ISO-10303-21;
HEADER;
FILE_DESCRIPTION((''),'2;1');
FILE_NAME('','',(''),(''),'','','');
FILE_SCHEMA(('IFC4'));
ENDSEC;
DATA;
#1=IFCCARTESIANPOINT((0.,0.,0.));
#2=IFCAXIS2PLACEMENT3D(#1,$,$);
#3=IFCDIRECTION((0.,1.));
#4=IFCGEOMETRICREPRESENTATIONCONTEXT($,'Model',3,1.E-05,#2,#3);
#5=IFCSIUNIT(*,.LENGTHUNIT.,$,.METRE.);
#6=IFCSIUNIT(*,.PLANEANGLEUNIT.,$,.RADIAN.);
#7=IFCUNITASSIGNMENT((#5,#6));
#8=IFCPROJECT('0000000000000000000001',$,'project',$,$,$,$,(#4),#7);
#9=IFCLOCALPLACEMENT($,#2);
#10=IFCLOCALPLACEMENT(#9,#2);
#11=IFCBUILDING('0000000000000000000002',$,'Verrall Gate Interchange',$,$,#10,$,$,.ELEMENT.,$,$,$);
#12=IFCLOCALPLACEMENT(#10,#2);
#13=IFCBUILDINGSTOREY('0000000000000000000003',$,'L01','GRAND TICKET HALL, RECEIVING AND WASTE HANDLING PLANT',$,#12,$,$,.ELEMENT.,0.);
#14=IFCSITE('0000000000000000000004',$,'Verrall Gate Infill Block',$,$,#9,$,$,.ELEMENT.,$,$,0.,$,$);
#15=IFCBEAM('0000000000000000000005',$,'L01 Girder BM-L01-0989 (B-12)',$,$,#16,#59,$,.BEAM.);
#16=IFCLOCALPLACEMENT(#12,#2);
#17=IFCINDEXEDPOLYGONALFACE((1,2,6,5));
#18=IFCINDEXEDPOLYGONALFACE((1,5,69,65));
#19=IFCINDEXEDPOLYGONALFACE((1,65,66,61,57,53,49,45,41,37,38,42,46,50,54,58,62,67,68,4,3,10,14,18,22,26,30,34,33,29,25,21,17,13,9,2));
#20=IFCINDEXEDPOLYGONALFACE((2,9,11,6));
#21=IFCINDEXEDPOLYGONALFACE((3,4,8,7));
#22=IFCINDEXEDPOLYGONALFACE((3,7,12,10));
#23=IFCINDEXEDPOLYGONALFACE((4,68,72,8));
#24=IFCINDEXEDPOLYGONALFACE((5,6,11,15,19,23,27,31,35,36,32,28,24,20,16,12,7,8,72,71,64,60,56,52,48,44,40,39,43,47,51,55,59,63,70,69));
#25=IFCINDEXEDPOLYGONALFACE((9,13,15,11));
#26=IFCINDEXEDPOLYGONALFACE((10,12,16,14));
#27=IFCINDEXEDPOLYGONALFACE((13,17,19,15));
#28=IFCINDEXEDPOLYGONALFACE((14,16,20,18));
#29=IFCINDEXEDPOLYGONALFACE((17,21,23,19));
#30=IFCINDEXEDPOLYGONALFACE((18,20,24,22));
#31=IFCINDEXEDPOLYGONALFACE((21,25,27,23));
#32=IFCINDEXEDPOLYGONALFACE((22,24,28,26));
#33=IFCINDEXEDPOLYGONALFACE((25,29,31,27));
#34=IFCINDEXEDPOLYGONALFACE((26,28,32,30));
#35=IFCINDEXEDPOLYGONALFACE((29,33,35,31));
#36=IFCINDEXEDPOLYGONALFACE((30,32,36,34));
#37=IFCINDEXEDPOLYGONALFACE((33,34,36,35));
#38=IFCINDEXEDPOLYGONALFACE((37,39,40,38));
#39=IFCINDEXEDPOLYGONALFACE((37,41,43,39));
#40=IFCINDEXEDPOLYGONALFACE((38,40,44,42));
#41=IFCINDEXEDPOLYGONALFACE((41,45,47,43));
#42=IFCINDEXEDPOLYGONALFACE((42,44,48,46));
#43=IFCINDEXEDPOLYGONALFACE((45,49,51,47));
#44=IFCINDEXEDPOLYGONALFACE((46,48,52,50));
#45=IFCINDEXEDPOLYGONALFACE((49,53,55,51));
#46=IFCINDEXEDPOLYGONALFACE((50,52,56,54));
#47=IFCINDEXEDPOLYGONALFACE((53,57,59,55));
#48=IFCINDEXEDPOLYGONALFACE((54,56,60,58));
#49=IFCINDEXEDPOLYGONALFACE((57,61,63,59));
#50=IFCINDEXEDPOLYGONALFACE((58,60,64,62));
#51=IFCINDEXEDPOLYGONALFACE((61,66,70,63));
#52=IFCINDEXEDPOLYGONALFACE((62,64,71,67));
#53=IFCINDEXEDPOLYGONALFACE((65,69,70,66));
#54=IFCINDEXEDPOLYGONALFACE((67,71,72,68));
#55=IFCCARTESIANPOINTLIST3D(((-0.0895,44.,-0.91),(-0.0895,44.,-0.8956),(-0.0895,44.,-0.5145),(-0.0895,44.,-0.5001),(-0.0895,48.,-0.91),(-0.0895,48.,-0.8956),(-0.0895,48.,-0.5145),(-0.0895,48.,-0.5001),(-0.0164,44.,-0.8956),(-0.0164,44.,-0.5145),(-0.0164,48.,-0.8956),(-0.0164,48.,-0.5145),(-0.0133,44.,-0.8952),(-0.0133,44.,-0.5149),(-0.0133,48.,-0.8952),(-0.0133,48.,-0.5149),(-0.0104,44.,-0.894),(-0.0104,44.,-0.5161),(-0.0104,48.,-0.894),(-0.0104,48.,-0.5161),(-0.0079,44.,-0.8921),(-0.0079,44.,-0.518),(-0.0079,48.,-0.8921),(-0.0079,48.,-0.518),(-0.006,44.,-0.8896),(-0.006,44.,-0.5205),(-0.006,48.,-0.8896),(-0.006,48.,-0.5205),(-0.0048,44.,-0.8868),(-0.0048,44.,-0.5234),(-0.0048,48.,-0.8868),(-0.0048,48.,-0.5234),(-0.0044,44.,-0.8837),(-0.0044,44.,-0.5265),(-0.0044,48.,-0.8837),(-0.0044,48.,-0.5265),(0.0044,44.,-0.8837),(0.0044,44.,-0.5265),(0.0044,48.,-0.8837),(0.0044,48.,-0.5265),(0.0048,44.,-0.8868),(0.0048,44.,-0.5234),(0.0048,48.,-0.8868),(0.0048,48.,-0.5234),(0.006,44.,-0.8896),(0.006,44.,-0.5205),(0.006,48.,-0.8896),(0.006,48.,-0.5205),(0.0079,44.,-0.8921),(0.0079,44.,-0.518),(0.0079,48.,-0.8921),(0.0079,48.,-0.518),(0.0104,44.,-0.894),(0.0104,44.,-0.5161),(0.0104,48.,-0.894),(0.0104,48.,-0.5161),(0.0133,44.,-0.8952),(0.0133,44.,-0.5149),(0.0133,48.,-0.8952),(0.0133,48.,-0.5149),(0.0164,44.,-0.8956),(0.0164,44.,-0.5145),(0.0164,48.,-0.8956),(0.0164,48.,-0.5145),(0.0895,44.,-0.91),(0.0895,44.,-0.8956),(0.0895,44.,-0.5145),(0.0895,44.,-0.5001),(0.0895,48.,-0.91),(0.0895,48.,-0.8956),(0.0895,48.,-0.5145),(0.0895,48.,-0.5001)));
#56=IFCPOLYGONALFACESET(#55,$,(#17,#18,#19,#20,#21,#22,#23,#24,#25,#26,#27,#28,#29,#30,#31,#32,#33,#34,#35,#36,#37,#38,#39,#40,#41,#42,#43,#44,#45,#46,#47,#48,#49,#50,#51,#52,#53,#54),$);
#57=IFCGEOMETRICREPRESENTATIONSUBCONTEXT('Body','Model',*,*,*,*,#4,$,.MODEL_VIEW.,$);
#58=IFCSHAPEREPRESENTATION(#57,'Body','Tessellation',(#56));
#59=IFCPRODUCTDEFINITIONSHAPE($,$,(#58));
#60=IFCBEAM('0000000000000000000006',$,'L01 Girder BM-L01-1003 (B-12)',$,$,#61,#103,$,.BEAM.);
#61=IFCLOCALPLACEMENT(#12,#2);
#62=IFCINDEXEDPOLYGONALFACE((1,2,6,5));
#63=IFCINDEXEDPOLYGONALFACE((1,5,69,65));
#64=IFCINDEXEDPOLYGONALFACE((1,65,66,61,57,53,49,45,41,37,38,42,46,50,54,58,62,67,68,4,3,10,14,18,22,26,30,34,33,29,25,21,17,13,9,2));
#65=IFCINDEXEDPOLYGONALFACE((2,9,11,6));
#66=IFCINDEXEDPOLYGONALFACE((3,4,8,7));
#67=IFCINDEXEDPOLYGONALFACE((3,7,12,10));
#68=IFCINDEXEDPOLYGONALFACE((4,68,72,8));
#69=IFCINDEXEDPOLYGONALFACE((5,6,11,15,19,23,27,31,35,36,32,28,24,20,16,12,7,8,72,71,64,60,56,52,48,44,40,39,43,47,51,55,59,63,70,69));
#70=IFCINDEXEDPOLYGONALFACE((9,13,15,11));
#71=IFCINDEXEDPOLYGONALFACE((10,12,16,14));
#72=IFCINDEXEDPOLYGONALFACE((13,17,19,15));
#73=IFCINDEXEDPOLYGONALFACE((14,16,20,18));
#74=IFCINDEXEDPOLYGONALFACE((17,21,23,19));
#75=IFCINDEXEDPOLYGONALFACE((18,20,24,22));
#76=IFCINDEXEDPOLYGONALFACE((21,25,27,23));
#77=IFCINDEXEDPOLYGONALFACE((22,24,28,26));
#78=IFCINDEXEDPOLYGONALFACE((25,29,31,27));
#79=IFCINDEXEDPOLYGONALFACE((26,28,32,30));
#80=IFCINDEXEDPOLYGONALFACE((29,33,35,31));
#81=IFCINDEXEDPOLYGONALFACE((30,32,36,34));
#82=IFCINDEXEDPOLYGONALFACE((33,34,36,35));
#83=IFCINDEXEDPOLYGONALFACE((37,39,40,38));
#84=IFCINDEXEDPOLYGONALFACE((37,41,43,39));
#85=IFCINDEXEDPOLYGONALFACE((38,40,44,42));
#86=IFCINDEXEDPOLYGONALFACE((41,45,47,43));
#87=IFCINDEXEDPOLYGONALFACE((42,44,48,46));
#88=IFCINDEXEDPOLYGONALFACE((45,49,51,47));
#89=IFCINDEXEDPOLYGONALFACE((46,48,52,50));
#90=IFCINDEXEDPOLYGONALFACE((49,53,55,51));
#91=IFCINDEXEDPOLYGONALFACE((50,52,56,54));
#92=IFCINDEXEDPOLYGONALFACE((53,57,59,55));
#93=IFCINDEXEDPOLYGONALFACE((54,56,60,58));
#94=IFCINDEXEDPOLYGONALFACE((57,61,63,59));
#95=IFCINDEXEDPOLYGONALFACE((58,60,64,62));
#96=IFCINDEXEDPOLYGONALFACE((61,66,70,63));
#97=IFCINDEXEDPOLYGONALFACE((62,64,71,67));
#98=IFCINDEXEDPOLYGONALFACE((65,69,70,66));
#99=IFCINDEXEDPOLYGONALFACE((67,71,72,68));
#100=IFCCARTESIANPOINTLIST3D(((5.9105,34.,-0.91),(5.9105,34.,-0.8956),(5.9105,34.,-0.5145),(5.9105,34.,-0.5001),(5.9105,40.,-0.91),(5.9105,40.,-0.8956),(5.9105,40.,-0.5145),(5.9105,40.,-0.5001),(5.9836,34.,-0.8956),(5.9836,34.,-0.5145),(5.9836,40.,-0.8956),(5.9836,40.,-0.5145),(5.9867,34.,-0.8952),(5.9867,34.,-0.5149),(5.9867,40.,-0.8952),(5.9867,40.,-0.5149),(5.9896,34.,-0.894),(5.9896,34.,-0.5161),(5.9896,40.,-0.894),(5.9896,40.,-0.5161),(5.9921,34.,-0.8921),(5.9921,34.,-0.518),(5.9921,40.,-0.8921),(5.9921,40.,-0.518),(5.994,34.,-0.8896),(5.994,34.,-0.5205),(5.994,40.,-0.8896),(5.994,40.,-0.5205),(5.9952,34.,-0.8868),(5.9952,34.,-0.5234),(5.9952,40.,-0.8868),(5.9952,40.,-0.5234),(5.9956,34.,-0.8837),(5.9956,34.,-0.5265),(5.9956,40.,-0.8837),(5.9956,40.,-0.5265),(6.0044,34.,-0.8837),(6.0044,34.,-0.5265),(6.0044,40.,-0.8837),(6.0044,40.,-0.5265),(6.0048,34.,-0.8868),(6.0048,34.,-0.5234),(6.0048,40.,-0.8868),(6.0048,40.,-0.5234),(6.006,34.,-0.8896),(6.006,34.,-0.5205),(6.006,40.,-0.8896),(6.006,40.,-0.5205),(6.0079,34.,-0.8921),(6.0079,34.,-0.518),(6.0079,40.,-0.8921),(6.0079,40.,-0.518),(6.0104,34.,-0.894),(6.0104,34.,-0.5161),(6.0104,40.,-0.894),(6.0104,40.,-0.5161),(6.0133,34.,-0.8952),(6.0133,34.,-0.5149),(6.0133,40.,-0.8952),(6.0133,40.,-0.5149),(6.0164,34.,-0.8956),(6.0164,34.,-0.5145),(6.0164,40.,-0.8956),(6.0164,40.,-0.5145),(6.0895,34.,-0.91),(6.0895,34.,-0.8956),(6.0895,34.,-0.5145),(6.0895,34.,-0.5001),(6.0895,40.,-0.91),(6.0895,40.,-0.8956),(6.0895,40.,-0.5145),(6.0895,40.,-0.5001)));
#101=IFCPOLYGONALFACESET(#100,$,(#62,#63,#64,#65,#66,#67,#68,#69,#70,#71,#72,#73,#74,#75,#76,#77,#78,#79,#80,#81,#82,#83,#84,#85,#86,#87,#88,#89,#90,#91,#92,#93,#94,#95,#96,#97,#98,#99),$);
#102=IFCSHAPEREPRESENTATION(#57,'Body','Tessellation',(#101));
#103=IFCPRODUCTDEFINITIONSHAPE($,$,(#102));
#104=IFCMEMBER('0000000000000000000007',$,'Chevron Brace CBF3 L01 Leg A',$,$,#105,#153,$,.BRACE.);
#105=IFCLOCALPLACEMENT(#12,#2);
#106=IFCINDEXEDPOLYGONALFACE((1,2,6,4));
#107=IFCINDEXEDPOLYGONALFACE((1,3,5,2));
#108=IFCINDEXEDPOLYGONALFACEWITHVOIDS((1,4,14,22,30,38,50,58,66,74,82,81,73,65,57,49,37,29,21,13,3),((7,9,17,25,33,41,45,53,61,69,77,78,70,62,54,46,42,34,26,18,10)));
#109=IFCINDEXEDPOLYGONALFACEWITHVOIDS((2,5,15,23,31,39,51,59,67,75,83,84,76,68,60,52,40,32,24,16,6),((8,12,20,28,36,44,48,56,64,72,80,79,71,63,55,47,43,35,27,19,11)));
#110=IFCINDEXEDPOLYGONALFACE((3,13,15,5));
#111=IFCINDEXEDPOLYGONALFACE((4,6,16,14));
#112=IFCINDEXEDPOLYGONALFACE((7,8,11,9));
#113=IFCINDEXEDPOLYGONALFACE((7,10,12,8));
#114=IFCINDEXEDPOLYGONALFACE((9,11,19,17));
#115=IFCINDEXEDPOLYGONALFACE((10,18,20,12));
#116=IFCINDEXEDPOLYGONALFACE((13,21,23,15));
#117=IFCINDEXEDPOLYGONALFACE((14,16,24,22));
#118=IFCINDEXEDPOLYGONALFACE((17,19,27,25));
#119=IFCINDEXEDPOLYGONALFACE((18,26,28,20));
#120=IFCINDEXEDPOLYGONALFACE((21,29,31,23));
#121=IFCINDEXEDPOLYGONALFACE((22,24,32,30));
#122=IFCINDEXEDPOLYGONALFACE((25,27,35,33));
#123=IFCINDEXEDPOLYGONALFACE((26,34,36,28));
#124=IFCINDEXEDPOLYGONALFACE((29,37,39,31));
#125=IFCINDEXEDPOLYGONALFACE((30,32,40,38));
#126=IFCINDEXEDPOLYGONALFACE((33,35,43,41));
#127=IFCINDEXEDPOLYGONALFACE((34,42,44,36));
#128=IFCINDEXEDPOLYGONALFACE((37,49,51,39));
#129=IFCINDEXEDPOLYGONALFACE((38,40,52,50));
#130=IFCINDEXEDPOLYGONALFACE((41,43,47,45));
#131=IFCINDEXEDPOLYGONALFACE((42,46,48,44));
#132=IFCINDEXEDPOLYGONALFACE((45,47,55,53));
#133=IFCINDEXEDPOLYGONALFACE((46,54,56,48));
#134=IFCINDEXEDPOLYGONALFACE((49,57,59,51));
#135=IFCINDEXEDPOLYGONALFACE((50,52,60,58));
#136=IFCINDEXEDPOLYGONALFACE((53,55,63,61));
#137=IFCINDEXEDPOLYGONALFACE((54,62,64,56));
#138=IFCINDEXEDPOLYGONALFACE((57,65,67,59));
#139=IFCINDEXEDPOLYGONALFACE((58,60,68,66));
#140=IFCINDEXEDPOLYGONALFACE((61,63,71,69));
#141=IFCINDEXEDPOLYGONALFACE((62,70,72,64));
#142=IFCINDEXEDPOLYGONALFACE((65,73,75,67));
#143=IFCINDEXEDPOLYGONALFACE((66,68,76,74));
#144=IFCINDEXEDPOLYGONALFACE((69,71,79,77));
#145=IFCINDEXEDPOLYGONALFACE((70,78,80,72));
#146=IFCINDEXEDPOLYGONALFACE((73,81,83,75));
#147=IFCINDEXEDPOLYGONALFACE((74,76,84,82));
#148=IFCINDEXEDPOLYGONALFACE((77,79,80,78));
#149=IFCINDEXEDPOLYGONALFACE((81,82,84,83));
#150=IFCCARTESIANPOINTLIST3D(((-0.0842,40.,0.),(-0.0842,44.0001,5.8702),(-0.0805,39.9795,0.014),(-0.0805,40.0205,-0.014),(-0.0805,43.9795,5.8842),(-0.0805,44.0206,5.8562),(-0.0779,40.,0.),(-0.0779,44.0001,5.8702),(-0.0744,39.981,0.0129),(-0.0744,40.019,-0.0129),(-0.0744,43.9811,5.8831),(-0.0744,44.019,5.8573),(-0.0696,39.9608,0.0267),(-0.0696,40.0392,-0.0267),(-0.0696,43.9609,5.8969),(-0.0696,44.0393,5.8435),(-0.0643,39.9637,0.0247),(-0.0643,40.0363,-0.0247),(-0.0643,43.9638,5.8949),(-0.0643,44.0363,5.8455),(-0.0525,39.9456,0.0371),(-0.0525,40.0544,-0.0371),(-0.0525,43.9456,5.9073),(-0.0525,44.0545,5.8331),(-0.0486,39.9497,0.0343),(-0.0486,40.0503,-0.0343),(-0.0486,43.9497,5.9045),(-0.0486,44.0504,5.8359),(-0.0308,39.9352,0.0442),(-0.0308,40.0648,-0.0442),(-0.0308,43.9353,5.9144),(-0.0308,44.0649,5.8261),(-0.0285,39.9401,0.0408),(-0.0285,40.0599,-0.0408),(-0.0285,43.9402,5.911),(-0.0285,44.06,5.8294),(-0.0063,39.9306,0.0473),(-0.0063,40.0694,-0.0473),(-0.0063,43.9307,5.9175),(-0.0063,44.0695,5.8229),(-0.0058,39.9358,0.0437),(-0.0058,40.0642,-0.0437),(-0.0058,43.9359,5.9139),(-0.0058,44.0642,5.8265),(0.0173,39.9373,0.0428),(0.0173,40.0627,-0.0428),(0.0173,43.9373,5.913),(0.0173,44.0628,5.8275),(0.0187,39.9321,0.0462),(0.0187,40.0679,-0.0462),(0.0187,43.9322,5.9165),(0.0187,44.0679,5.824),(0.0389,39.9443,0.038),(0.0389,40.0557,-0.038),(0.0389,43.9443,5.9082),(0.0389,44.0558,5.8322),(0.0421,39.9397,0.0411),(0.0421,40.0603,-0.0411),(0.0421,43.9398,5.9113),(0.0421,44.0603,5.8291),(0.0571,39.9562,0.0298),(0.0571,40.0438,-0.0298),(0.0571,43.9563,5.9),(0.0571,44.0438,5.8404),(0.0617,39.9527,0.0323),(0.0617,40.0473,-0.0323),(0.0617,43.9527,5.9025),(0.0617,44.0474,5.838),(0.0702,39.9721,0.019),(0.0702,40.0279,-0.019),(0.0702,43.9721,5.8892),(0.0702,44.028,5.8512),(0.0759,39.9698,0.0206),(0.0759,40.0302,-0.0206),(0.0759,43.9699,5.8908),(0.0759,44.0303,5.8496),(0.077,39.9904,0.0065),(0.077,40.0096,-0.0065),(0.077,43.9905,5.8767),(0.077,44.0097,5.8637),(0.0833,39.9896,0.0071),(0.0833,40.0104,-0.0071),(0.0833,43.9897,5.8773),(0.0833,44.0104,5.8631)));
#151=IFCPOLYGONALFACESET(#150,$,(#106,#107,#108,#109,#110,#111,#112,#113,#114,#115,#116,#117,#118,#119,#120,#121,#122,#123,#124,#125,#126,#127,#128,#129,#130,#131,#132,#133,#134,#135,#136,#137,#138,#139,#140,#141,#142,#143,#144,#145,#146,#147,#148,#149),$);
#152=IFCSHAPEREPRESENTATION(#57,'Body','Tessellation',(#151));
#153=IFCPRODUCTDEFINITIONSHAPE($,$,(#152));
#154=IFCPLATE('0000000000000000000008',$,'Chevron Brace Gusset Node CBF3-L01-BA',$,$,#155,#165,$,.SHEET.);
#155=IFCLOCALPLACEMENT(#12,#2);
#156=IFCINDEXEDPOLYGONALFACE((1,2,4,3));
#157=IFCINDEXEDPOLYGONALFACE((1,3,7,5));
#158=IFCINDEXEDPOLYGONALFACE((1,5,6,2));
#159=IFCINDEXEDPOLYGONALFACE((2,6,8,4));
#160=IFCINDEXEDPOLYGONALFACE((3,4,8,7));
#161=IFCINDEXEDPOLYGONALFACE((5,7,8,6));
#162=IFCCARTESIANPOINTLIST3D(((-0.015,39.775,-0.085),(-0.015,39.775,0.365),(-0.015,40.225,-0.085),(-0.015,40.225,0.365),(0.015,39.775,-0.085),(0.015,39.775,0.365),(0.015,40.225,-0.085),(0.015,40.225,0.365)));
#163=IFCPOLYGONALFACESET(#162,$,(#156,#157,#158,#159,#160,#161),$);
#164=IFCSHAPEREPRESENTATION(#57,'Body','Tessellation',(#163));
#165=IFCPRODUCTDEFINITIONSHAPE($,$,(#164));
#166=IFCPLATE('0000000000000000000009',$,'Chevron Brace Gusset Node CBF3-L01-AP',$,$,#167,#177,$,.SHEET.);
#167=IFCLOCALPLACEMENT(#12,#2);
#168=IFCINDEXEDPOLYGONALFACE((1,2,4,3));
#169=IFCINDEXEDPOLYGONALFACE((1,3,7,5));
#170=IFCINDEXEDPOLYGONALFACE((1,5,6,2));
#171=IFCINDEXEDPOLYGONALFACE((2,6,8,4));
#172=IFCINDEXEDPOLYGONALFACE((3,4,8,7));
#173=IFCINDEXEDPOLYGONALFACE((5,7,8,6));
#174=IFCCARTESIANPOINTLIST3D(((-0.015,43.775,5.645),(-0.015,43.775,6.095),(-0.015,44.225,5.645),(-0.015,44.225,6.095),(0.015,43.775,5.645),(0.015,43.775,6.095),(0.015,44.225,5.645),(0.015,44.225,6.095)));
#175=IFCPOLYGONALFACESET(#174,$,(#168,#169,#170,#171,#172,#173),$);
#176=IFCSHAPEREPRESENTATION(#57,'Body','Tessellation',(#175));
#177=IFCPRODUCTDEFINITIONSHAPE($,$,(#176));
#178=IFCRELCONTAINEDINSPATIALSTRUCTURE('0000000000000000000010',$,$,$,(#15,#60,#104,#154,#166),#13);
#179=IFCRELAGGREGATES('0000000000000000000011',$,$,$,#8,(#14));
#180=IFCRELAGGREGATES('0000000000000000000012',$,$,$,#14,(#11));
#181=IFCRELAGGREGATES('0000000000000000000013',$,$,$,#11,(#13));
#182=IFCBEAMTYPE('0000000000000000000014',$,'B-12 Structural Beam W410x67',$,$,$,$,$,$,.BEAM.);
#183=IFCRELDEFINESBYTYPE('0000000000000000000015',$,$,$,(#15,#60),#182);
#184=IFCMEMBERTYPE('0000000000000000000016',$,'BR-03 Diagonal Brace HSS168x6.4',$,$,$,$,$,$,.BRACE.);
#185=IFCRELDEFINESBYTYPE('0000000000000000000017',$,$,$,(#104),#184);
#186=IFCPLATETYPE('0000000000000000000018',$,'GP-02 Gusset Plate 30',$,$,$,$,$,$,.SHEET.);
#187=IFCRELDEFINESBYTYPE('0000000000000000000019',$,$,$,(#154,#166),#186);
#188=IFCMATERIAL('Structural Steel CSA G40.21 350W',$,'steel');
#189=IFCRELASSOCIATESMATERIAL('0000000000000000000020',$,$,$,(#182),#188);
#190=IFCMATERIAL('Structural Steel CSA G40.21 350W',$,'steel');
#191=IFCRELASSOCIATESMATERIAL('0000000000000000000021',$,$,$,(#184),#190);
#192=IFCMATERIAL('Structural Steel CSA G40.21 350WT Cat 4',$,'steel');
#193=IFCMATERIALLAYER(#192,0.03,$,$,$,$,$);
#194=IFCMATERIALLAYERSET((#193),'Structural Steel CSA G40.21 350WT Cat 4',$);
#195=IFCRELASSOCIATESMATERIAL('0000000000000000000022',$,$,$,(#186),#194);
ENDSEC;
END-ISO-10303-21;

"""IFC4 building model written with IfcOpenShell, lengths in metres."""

from ifc_helpers import new_model, si_unit, direction, frame, origin, origin_2d, place, context, subcontext, project, spatial, rectangle, hollow_circle, i_section, extrude, material, layer, layer_set, material_profile, profile_set, type_object, element, save


model = new_model("IFC4")

# Units and contexts
model_context = context("Model", 3, precision=1e-05, world=origin(), true_north=direction((0.0, 1.0)))
body_context = subcontext(model_context, "Body", "Model", "MODEL_VIEW")
ifc_project = project(units=[si_unit("LENGTHUNIT", "METRE"), si_unit("PLANEANGLEUNIT", "RADIAN")], contexts=[model_context])

# Site, building, storey
site_placement = place(None, origin())
site = spatial("IfcSite", under=ifc_project, at=site_placement, Name="Verrall Gate Infill Block", CompositionType="ELEMENT", RefElevation=0.0)
building_placement = place(site_placement, origin())
building = spatial("IfcBuilding", under=site, at=building_placement, Name="Verrall Gate Interchange", CompositionType="ELEMENT")
storey_placement = place(building_placement, origin())
storey = spatial("IfcBuildingStorey", under=building, at=storey_placement, Name="L01", Description="GRAND TICKET HALL, RECEIVING AND WASTE HANDLING PLANT", CompositionType="ELEMENT", Elevation=0.0)

# Beams
ifc_material_1 = material(Name="Structural Steel CSA G40.21 350W", Category="steel")
ifc_material_profile_1 = material_profile(ifc_material_1, i_section(OverallWidth=0.179, OverallDepth=0.4099, WebThickness=0.0088, FlangeThickness=0.0144, FilletRadius=0.012, at=origin_2d()), Name="W410x67")
ifc_profile_set_1 = profile_set([ifc_material_profile_1], Name="Structural Steel CSA G40.21 350W")
beam_type_1 = type_object("IfcBeamType", Name="B-12 Structural Beam W410x67", PredefinedType="BEAM", material=ifc_profile_set_1)
for number, where, z_axis, x_axis, name in (
    (1, (0.0, 44.0, -0.7051), (0.0, 1.0, 0.0), (-1.0, 0.0, 0.0), "L01 Girder BM-L01-0989 (B-12)"),
):
    element("IfcBeam", number, at=place(storey_placement, frame(where, z_axis=z_axis, x_axis=x_axis)), inside=storey, type_object=beam_type_1, Name=name, PredefinedType="BEAM", context=body_context, shape_type="SweptSolid", body=[
        extrude(i_section(OverallWidth=0.179, OverallDepth=0.4099, WebThickness=0.0088, FlangeThickness=0.0144, FilletRadius=0.012, at=origin_2d()), origin(), (0.0, 0.0, 1.0), 4.0),
    ])
beam_1_placement = place(storey_placement, frame((6.0, 34.0, -0.7051), z_axis=(0.0, 1.0, 0.0), x_axis=(-1.0, 0.0, 0.0)))
element("IfcBeam", 2, at=beam_1_placement, inside=storey, type_object=beam_type_1, Name="L01 Girder BM-L01-1003 (B-12)", PredefinedType="BEAM", context=body_context, shape_type="SweptSolid", body=[
    extrude(i_section(OverallWidth=0.179, OverallDepth=0.4099, WebThickness=0.0088, FlangeThickness=0.0144, FilletRadius=0.012, at=origin_2d()), origin(), (0.0, 0.0, 1.0), 6.0),
])

# Member
ifc_material_2 = material(Name="Structural Steel CSA G40.21 350W", Category="steel")
ifc_material_profile_2 = material_profile(ifc_material_2, hollow_circle(Radius=0.0842, WallThickness=0.0063, at=origin_2d()), Name="HSS168x6.4")
ifc_profile_set_2 = profile_set([ifc_material_profile_2], Name="Structural Steel CSA G40.21 350W")
member_type = type_object("IfcMemberType", Name="BR-03 Diagonal Brace HSS168x6.4", PredefinedType="BRACE", material=ifc_profile_set_2)
member_placement = place(storey_placement, frame((0.0, 40.0, 0.0), z_axis=(0.0, 0.563111, 0.826381), x_axis=(-1.0, 0.0, 0.0)))
element("IfcMember", 3, at=member_placement, inside=storey, type_object=member_type, Name="Chevron Brace CBF3 L01 Leg A", PredefinedType="BRACE", context=body_context, shape_type="SweptSolid", body=[
    extrude(hollow_circle(Radius=0.0842, WallThickness=0.0063, at=origin_2d()), origin(), (0.0, 0.0, 1.0), 7.1035),
])

# Plates
ifc_material_3 = material(Name="Structural Steel CSA G40.21 350WT Cat 4", Category="steel")
ifc_layer = layer(ifc_material_3, 0.03)
ifc_layer_set = layer_set([ifc_layer], Name="Structural Steel CSA G40.21 350WT Cat 4")
plate_type = type_object("IfcPlateType", Name="GP-02 Gusset Plate 30", PredefinedType="SHEET", material=ifc_layer_set)
for number, where, z_axis, x_axis, name in (
    (4, (0.0, 40.0, -0.085), (0.0, 0.0, 1.0), (1.0, 0.0, 0.0), "Chevron Brace Gusset Node CBF3-L01-BA"),
    (5, (0.0, 44.0, 5.645), (0.0, 0.0, 1.0), (1.0, 0.0, 0.0), "Chevron Brace Gusset Node CBF3-L01-AP"),
):
    element("IfcPlate", number, at=place(storey_placement, frame(where, z_axis=z_axis, x_axis=x_axis)), inside=storey, type_object=plate_type, Name=name, PredefinedType="SHEET", context=body_context, shape_type="SweptSolid", body=[
        extrude(rectangle(XDim=0.03, YDim=0.45, at=origin_2d()), origin(), (0.0, 0.0, 1.0), 0.45),
    ])

save(model, "model.ifc")
